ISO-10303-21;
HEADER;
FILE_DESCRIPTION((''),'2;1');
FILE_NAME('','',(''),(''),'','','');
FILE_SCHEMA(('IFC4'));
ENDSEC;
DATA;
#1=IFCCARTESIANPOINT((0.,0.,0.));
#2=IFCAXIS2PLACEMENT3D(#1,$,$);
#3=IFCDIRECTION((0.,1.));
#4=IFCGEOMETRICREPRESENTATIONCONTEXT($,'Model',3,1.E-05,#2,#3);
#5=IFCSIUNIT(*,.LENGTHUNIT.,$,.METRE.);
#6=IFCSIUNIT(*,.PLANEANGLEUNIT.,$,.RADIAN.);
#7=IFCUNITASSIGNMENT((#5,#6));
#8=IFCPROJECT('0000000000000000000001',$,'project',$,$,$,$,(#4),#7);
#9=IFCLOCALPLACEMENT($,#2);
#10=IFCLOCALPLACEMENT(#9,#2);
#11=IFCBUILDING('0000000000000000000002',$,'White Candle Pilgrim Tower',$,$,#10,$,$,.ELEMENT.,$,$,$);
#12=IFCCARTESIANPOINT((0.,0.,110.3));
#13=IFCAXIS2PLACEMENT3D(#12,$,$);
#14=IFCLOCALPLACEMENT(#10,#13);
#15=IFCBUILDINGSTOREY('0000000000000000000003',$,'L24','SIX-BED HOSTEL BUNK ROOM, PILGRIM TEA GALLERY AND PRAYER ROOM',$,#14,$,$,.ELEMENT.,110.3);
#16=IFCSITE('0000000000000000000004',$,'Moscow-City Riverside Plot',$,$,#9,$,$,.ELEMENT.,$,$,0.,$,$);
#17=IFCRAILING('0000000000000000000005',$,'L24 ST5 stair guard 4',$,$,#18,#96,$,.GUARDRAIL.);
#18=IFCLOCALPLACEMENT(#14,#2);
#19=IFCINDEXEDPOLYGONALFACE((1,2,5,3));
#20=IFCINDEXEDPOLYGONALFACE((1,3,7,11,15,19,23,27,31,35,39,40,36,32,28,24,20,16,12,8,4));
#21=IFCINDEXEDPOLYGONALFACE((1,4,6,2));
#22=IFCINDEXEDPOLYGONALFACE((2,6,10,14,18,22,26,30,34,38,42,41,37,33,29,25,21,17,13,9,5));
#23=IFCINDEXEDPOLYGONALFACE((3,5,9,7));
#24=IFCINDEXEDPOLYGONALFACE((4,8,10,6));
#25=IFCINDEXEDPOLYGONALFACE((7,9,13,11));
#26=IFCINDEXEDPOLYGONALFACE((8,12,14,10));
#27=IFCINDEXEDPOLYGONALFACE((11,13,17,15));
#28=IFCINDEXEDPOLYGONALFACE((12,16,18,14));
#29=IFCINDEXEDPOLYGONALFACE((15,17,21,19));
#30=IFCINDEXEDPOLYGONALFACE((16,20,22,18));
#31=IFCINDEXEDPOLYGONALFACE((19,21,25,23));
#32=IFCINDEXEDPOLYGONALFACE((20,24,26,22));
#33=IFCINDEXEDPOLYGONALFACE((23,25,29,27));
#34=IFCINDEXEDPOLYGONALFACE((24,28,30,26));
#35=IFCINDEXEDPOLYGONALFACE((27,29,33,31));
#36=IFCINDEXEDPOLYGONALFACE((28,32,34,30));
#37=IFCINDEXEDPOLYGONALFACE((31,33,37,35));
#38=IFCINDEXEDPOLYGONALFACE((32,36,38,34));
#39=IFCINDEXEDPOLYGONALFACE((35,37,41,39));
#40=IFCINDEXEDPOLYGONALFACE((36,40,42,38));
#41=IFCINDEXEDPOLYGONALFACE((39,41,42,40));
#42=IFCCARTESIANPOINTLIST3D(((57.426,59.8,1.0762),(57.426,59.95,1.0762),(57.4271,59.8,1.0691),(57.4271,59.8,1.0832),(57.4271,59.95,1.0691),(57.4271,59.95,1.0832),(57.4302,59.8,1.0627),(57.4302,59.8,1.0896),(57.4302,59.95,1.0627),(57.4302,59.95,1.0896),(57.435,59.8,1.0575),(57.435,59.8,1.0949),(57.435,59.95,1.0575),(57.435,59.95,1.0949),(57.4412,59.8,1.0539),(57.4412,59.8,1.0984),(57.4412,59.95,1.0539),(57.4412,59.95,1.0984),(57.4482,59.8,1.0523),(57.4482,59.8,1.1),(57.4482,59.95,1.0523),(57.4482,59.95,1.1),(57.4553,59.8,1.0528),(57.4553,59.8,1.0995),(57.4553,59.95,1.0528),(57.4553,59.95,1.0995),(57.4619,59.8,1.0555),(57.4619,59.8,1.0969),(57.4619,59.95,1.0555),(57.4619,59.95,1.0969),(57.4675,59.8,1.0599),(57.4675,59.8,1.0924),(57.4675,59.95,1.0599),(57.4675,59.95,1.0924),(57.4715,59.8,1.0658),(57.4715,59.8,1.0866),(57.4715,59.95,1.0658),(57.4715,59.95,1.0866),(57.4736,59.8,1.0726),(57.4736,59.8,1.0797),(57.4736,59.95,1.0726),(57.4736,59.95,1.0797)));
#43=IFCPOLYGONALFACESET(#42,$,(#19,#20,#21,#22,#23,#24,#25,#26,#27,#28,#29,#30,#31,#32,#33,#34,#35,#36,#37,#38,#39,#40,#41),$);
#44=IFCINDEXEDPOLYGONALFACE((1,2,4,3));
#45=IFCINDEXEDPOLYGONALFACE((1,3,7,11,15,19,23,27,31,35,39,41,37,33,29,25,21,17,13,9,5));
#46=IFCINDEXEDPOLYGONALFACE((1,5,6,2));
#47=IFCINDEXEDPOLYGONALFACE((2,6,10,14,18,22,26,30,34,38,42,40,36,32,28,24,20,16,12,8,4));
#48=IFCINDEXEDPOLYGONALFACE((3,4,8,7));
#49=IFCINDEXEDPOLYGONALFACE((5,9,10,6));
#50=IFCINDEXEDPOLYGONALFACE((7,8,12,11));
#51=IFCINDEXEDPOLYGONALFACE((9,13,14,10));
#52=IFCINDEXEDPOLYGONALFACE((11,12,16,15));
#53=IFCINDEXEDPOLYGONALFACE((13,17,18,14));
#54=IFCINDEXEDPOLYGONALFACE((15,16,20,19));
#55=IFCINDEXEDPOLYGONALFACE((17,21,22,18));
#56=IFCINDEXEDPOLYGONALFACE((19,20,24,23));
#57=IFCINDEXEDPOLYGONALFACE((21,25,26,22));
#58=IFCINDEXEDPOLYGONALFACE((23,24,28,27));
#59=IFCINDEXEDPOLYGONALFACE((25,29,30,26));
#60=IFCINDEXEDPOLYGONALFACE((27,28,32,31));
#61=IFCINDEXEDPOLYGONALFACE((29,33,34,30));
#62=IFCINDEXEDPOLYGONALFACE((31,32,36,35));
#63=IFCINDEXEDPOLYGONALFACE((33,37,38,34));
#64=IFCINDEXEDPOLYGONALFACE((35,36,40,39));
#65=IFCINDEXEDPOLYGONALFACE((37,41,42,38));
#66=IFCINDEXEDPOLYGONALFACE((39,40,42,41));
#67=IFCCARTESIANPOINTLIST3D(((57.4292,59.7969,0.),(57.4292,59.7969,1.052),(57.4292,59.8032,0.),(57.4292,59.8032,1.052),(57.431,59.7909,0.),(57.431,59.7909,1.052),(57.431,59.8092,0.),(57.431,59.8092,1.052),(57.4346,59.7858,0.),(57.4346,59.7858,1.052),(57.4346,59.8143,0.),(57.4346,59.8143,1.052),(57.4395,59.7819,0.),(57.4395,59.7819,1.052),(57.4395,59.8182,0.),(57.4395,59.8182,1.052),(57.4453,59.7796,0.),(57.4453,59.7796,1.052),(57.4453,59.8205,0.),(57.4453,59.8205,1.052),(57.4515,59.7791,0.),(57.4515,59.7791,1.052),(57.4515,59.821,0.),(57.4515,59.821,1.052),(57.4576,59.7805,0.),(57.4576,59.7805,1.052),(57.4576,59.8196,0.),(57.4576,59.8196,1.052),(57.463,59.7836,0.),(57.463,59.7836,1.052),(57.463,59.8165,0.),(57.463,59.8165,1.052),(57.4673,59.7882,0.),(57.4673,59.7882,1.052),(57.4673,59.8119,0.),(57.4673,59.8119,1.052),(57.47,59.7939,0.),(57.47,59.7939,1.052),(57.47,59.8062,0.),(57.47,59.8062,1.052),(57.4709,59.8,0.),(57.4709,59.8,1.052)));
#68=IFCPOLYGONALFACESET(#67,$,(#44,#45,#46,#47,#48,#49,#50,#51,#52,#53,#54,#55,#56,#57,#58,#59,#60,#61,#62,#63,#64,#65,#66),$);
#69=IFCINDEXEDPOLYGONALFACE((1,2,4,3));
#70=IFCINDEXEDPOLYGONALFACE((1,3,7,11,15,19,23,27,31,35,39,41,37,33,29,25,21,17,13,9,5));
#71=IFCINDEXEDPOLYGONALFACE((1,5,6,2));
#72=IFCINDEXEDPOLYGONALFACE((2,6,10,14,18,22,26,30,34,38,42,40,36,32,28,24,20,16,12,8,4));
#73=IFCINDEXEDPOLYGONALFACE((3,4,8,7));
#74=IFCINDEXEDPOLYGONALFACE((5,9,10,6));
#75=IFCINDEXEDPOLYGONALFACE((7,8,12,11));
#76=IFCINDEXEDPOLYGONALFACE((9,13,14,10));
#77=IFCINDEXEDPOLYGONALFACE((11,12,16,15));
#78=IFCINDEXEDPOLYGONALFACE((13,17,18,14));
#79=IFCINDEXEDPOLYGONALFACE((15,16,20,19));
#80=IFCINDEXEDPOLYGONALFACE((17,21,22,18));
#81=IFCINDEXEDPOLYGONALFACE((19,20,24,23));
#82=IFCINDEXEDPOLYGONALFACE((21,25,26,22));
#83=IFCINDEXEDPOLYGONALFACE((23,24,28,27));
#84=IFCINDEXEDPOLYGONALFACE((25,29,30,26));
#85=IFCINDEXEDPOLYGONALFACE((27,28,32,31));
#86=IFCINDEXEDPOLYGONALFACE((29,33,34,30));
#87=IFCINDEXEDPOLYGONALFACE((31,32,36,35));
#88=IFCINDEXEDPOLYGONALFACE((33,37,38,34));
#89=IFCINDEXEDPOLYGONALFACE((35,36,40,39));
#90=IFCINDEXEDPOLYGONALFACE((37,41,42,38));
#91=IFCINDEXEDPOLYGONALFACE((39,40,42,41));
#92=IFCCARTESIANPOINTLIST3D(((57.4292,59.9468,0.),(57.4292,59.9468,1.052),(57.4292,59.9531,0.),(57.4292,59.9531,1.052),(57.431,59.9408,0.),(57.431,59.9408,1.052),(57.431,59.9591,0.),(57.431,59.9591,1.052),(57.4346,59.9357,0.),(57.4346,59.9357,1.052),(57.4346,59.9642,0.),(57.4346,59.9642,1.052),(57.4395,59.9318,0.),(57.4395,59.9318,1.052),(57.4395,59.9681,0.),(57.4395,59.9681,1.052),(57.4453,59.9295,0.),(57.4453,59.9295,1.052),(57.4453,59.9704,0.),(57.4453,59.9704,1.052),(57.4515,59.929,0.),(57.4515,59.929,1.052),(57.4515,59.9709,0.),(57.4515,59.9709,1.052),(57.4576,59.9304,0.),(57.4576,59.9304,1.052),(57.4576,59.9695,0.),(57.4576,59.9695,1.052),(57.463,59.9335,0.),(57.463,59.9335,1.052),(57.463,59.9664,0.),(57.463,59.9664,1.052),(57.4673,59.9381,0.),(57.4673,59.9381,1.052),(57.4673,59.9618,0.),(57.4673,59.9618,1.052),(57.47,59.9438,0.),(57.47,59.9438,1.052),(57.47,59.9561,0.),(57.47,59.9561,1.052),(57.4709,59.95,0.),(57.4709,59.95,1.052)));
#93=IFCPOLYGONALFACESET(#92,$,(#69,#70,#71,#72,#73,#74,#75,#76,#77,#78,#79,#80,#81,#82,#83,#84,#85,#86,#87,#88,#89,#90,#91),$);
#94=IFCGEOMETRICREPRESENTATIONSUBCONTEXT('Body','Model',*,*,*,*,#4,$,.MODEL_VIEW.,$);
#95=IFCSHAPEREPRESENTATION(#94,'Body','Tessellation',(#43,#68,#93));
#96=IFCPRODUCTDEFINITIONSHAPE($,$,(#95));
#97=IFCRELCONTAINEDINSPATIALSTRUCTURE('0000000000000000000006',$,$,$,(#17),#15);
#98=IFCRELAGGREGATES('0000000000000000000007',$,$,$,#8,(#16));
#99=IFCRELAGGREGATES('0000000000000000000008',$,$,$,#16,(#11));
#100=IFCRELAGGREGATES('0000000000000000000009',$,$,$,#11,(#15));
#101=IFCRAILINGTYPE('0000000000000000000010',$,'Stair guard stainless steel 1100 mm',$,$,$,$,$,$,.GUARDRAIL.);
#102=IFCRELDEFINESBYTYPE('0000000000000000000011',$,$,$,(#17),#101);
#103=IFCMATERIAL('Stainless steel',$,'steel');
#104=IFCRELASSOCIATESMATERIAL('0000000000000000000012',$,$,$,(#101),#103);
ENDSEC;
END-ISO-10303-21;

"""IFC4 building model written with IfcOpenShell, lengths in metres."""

from ifc_helpers import new_model, si_unit, direction, frame, origin, origin_2d, place, context, subcontext, project, spatial, circle, extrude, material, type_object, element, save


model = new_model("IFC4")

# Units and contexts
model_context = context("Model", 3, precision=1e-05, world=origin(), true_north=direction((0.0, 1.0)))
body_context = subcontext(model_context, "Body", "Model", "MODEL_VIEW")
ifc_project = project(units=[si_unit("LENGTHUNIT", "METRE"), si_unit("PLANEANGLEUNIT", "RADIAN")], contexts=[model_context])

# Site, building, storey
site_placement = place(None, origin())
site = spatial("IfcSite", under=ifc_project, at=site_placement, Name="Moscow-City Riverside Plot", CompositionType="ELEMENT", RefElevation=0.0)
building_placement = place(site_placement, origin())
building = spatial("IfcBuilding", under=site, at=building_placement, Name="White Candle Pilgrim Tower", CompositionType="ELEMENT")
storey_placement = place(building_placement, frame((0.0, 0.0, 110.3)))
storey = spatial("IfcBuildingStorey", under=building, at=storey_placement, Name="L24", Description="SIX-BED HOSTEL BUNK ROOM, PILGRIM TEA GALLERY AND PRAYER ROOM", CompositionType="ELEMENT", Elevation=110.3)

# Railing
ifc_material_1 = material(Name="Stainless steel", Category="steel")
railing_type_1 = type_object("IfcRailingType", Name="Stair guard stainless steel 1100 mm", PredefinedType="GUARDRAIL", material=ifc_material_1)
railing_1_placement = place(storey_placement, frame((57.45, 59.8, 0.0)))
element("IfcRailing", 1, at=railing_1_placement, inside=storey, type_object=railing_type_1, Name="L24 ST5 stair guard 4", PredefinedType="GUARDRAIL", context=body_context, shape_type="SweptSolid", body=[
    extrude(circle(Radius=0.0239, at=origin_2d()), frame((0.0, 0.0, 1.0762), z_axis=(0.0, 1.0, 0.0), x_axis=(-1.0, 0.0, 0.0)), (0.0, 0.0, 1.0), 0.1499),
    extrude(circle(Radius=0.021, at=origin_2d()), origin(), (0.0, 0.0, 1.0), 1.052),
    extrude(circle(Radius=0.021, at=origin_2d()), frame((0.0, 0.1499, 0.0)), (0.0, 0.0, 1.0), 1.052),
])

save(model, "model.ifc")
